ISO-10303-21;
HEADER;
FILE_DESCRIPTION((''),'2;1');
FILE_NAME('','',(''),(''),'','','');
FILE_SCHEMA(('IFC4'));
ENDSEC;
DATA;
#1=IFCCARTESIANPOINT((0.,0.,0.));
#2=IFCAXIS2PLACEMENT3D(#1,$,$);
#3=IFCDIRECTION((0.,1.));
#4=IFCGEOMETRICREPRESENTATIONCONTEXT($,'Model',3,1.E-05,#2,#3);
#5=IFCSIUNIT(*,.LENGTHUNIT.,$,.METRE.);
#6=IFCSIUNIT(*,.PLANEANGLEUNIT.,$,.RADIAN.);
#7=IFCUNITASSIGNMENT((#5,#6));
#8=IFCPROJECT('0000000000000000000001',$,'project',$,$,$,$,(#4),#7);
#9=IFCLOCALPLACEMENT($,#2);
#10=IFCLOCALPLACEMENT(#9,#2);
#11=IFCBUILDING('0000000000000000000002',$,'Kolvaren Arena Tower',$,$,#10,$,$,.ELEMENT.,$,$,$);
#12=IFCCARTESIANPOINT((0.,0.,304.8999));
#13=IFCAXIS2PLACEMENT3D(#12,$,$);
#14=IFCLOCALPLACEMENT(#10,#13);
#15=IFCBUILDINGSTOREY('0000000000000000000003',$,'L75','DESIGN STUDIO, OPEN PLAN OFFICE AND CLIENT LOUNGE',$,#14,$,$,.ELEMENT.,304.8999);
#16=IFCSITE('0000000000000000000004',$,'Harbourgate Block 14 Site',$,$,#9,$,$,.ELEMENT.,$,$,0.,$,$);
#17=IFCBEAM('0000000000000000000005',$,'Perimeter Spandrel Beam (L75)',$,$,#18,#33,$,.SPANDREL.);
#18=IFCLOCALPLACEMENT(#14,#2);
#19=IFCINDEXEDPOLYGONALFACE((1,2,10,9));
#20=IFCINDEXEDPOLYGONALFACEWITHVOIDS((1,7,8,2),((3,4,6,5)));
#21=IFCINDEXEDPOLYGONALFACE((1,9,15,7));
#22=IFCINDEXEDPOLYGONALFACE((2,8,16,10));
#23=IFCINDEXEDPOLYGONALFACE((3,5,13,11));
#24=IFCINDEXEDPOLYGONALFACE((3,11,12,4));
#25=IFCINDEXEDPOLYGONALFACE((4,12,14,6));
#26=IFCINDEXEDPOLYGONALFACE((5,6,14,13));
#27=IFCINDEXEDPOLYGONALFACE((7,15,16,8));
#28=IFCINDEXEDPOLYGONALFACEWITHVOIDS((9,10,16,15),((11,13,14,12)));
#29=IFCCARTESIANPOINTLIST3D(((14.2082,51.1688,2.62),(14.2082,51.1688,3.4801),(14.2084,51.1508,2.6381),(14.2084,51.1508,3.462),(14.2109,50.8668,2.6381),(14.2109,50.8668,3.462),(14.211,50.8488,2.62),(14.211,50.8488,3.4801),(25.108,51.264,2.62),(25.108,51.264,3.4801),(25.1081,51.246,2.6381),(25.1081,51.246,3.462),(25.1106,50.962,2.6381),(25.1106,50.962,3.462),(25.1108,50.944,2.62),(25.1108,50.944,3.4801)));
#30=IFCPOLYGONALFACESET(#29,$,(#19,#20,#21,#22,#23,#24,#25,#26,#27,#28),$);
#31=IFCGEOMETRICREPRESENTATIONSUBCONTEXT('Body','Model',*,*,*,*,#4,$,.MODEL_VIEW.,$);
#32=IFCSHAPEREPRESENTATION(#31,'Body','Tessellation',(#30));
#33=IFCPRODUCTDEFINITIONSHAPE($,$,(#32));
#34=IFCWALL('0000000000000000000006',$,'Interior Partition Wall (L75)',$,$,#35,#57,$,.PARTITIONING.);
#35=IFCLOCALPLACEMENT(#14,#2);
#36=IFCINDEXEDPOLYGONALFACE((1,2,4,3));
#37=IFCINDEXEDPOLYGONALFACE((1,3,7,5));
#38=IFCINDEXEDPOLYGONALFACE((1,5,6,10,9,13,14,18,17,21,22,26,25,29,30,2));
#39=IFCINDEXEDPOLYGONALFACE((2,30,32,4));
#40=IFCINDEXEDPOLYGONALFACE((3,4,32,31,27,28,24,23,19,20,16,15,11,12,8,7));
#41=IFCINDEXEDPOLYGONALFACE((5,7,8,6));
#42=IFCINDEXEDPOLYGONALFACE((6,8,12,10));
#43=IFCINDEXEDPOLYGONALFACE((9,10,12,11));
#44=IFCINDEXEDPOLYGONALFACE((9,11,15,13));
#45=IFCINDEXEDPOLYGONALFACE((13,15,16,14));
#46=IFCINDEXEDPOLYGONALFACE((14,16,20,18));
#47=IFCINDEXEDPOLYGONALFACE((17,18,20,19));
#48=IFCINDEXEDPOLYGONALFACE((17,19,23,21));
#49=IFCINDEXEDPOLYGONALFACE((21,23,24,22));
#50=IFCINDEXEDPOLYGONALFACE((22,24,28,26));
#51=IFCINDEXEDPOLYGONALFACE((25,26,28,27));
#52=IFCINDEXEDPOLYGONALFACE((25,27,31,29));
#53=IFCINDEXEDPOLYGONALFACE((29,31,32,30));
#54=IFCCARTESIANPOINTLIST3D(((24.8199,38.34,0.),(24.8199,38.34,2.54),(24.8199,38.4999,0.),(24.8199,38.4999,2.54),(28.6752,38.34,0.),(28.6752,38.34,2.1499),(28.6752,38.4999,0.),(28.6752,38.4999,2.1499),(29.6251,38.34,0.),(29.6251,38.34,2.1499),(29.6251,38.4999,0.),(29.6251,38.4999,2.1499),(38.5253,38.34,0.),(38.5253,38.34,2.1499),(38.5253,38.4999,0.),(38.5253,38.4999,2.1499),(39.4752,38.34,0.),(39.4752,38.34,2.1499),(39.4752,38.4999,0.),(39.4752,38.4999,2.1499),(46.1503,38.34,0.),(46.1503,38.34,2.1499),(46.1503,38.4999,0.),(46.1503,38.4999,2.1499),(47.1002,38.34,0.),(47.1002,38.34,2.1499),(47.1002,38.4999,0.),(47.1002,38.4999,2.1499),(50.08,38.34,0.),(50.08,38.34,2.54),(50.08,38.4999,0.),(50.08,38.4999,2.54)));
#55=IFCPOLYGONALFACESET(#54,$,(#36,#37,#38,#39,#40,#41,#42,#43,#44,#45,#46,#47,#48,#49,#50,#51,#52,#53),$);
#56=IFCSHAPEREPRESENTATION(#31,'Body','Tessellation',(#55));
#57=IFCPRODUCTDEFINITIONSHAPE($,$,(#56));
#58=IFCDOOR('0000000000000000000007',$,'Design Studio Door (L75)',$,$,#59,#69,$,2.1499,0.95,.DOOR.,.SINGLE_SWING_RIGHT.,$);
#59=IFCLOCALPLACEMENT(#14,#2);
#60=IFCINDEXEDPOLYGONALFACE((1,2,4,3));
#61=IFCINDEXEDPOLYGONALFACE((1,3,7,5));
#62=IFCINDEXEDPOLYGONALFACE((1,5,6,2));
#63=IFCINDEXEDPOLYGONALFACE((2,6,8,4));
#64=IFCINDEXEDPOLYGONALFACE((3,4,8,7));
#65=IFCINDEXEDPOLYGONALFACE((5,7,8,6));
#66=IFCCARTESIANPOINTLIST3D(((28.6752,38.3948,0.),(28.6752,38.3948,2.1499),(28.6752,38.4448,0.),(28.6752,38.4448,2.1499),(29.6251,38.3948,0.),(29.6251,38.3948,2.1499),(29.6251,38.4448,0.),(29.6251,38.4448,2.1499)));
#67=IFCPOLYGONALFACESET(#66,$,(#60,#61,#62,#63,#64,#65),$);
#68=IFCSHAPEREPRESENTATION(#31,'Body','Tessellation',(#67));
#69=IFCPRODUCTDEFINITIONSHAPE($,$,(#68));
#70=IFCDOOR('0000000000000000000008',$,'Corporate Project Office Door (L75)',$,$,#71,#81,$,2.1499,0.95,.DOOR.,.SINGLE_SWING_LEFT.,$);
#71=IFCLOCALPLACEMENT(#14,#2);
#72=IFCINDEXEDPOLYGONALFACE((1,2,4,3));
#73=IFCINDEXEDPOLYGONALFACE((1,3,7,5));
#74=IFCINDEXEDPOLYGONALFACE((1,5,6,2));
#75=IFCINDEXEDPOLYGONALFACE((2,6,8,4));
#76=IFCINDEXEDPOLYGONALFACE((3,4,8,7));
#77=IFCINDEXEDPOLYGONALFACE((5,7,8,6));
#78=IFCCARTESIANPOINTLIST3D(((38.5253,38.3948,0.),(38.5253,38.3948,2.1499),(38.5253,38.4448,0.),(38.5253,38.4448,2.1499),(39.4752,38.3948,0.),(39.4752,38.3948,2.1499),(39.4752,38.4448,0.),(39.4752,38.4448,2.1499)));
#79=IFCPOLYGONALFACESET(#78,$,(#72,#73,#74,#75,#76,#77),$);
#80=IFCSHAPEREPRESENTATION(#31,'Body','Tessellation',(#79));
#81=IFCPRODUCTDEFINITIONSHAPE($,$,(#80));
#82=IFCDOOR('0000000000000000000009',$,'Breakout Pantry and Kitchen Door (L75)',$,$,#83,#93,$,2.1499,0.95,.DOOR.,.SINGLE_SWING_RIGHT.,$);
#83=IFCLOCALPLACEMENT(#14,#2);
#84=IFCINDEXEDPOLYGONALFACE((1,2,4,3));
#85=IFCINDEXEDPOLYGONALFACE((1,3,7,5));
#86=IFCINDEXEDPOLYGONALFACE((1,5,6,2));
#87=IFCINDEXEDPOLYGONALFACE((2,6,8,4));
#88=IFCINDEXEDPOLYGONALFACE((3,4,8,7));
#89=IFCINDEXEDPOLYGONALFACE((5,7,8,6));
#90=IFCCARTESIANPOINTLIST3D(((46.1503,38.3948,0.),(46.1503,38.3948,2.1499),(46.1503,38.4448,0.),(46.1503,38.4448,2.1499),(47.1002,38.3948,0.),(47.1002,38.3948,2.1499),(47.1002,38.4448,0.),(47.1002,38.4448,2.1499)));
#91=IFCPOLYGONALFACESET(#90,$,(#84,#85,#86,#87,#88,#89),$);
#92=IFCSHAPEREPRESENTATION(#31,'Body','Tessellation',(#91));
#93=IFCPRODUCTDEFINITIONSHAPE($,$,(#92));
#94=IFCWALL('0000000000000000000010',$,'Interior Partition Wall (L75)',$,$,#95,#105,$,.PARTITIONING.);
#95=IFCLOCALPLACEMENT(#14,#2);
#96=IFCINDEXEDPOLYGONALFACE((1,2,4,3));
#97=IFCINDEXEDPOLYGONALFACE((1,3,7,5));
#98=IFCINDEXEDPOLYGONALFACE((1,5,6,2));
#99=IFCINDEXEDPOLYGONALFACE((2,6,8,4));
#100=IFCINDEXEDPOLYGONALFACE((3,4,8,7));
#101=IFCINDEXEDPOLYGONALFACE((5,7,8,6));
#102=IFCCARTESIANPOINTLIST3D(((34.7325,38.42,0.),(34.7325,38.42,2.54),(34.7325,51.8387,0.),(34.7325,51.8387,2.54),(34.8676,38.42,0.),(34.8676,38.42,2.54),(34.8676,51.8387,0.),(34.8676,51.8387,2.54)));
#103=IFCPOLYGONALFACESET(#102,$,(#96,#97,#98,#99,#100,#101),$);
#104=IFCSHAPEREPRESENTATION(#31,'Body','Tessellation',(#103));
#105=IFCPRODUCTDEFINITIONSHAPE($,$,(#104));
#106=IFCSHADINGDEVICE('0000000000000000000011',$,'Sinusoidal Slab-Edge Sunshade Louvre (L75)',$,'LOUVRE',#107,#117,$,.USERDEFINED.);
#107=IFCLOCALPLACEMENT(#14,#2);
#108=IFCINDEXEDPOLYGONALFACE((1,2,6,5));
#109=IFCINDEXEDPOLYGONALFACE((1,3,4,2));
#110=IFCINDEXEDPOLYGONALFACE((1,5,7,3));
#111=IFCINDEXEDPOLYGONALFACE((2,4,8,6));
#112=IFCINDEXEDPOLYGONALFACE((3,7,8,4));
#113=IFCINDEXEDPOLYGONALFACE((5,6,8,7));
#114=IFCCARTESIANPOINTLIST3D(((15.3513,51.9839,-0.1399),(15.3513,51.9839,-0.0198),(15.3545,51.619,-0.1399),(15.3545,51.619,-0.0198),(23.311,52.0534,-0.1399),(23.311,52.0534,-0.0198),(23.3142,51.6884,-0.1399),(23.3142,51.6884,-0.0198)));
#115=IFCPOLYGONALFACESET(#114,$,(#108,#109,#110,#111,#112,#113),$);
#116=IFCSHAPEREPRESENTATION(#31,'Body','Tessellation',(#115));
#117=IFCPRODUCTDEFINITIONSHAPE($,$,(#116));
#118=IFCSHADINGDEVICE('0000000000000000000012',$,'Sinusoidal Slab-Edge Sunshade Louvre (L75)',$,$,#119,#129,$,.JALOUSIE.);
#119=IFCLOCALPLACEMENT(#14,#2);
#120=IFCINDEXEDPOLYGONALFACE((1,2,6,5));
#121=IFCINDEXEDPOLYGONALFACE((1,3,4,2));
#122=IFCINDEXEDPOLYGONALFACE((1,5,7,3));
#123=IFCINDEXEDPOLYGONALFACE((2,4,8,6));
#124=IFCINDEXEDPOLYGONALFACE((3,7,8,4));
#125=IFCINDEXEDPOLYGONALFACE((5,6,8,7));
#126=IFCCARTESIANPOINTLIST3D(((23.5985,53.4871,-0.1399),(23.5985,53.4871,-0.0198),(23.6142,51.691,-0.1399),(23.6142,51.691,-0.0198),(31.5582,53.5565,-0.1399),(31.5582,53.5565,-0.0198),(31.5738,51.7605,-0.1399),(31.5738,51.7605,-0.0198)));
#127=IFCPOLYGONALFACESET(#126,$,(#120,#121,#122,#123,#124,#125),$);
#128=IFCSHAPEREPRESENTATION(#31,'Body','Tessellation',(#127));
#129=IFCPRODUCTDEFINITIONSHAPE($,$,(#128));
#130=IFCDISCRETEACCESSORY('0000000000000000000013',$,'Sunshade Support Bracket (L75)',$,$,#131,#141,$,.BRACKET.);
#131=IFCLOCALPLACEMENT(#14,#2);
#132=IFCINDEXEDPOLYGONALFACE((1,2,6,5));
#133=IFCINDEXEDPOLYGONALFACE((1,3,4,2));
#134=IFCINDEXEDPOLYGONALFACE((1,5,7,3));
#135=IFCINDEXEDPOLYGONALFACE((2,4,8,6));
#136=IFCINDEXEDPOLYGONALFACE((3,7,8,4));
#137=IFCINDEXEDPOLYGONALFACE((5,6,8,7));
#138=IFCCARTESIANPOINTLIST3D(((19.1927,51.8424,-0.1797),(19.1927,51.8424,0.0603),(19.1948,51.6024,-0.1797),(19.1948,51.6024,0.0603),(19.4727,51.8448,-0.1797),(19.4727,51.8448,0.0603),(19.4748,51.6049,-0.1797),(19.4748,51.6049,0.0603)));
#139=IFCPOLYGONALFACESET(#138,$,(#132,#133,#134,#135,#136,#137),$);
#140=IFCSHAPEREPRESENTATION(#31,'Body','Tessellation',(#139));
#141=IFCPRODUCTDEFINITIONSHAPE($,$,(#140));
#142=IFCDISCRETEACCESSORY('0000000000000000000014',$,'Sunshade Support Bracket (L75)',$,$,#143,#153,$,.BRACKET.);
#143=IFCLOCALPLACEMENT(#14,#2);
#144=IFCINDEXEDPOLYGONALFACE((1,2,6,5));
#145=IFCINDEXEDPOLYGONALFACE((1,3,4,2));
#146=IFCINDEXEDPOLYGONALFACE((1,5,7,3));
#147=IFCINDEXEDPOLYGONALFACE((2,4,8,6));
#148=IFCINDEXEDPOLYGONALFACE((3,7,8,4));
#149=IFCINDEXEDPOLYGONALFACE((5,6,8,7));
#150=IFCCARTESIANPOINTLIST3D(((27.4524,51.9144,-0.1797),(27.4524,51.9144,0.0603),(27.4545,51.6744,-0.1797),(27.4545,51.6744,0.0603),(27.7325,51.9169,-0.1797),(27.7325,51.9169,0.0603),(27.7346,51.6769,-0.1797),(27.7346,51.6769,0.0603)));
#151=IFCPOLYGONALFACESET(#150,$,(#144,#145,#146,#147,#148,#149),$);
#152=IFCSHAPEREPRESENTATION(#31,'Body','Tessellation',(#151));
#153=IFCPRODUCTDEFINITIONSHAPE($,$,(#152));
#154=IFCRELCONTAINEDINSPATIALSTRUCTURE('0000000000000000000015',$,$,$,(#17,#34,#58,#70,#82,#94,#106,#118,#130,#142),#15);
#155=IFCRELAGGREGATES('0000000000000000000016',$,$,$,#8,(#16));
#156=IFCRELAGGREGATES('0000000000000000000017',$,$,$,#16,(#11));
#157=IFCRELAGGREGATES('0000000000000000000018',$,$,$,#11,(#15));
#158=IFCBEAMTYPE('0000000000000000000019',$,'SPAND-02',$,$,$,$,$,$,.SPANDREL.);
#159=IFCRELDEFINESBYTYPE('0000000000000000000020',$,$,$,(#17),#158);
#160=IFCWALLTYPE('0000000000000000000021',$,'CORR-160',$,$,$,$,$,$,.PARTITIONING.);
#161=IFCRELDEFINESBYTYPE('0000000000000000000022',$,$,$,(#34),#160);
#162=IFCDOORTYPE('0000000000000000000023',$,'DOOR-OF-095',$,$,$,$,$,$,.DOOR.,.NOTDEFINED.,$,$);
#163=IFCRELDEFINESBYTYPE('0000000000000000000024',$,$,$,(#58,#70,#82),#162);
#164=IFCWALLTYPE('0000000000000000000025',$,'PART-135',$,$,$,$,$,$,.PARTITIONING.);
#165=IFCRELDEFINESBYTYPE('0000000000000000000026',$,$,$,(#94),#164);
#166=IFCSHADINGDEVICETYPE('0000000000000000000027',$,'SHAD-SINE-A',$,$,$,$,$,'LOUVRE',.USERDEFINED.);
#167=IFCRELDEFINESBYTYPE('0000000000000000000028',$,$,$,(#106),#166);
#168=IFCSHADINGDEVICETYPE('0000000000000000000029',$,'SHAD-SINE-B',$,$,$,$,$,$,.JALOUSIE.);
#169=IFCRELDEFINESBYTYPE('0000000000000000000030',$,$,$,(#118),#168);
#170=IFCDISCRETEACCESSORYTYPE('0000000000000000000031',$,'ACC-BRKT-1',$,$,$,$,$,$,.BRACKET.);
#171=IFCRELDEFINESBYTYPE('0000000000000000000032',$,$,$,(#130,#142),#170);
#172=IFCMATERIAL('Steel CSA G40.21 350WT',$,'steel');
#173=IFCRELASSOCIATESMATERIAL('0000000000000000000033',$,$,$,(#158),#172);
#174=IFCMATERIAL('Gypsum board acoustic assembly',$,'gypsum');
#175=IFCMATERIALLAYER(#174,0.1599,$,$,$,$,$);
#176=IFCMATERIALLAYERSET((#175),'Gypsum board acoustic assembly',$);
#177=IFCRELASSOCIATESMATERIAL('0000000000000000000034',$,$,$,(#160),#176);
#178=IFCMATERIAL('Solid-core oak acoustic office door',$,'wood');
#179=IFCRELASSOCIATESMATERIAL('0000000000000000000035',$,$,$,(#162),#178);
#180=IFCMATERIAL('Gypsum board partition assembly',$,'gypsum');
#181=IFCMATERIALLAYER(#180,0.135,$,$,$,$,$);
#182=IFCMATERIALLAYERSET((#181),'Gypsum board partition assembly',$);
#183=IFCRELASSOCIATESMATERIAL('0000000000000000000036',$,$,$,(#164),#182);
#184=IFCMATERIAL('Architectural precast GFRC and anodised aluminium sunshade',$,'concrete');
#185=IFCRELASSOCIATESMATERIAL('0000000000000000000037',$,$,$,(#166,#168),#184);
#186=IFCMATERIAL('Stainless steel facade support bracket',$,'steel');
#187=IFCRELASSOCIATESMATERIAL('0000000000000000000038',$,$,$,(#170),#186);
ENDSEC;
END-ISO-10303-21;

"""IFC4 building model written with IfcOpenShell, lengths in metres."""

from ifc_helpers import new_model, si_unit, direction, frame, frame_2d, origin, origin_2d, place, context, subcontext, project, spatial, rectangle, hollow_rectangle, extrude, material, layer, layer_set, material_profile, profile_set, type_object, element, fill, save


model = new_model("IFC4")

# Units and contexts
model_context = context("Model", 3, precision=1e-05, world=origin(), true_north=direction((0.0, 1.0)))
body_context = subcontext(model_context, "Body", "Model", "MODEL_VIEW")
ifc_project = project(units=[si_unit("LENGTHUNIT", "METRE"), si_unit("PLANEANGLEUNIT", "RADIAN")], contexts=[model_context])

# Site, building, storey
site_placement = place(None, origin())
site = spatial("IfcSite", under=ifc_project, at=site_placement, Name="Harbourgate Block 14 Site", CompositionType="ELEMENT", RefElevation=0.0)
building_placement = place(site_placement, origin())
building = spatial("IfcBuilding", under=site, at=building_placement, Name="Kolvaren Arena Tower", CompositionType="ELEMENT")
storey_placement = place(building_placement, frame((0.0, 0.0, 304.8999)))
storey = spatial("IfcBuildingStorey", under=building, at=storey_placement, Name="L75", Description="DESIGN STUDIO, OPEN PLAN OFFICE AND CLIENT LOUNGE", CompositionType="ELEMENT", Elevation=304.8999)

# Beam
ifc_material_1 = material(Name="Steel CSA G40.21 350WT", Category="steel")
ifc_material_profile_1 = material_profile(ifc_material_1, hollow_rectangle(XDim=0.3201, YDim=0.8601, WallThickness=0.0181, at=origin_2d()), Name="HSS 860x320x18")
ifc_profile_set_1 = profile_set([ifc_material_profile_1], Name="Steel CSA G40.21 350WT")
beam_type_1 = type_object("IfcBeamType", Name="SPAND-02", PredefinedType="SPANDREL", material=ifc_profile_set_1)
beam_1_placement = place(storey_placement, frame((25.1094, 51.104, 3.05), z_axis=(-0.999962, -0.008735, 0.0), x_axis=(0.008735, -0.999962, 0.0)))
element("IfcBeam", 1, at=beam_1_placement, inside=storey, type_object=beam_type_1, Name="Perimeter Spandrel Beam (L75)", PredefinedType="SPANDREL", context=body_context, shape_type="SweptSolid", body=[
    extrude(hollow_rectangle(XDim=0.3201, YDim=0.8601, WallThickness=0.0181, at=origin_2d()), origin(), (0.0, 0.0, 1.0), 10.9001),
])

# Wall, openings, doors
ifc_material_2 = material(Name="Gypsum board acoustic assembly", Category="gypsum")
ifc_layer_1 = layer(ifc_material_2, 0.1599)
ifc_layer_set_1 = layer_set([ifc_layer_1], Name="Gypsum board acoustic assembly")
wall_type_1 = type_object("IfcWallType", Name="CORR-160", PredefinedType="PARTITIONING", material=ifc_layer_set_1)
wall_1_placement = place(storey_placement, frame((24.8201, 38.4199, 0.0), z_axis=(0.0, 0.0, 1.0), x_axis=(1.0, 0.0, 0.0)))
wall_1 = element("IfcWall", 2, at=wall_1_placement, inside=storey, type_object=wall_type_1, Name="Interior Partition Wall (L75)", PredefinedType="PARTITIONING", context=body_context, shape_type="SweptSolid", body=[
    extrude(rectangle(XDim=25.26, YDim=0.1599, at=frame_2d((12.6299, 0.0))), origin(), (0.0, 0.0, 1.0), 2.54),
])
opening_1_placement = place(wall_1_placement, frame((3.855, 0.0, 0.0)))
opening_1 = element("IfcOpeningElement", 3, at=opening_1_placement, cuts=wall_1, PredefinedType="OPENING", context=body_context, shape_type="SweptSolid", body=[
    extrude(rectangle(XDim=0.95, YDim=2.1499, at=frame_2d((0.4751, 1.075))), frame((0.0, 0.0898, 0.0), z_axis=(0.0, -1.0, 0.0), x_axis=(1.0, 0.0, 0.0)), (0.0, 0.0, 1.0), 0.1799),
])
opening_2_placement = place(wall_1_placement, frame((13.7051, 0.0, 0.0)))
opening_2 = element("IfcOpeningElement", 4, at=opening_2_placement, cuts=wall_1, PredefinedType="OPENING", context=body_context, shape_type="SweptSolid", body=[
    extrude(rectangle(XDim=0.95, YDim=2.1499, at=frame_2d((0.4751, 1.075))), frame((0.0, 0.0898, 0.0), z_axis=(0.0, -1.0, 0.0), x_axis=(1.0, 0.0, 0.0)), (0.0, 0.0, 1.0), 0.1799),
])
opening_3_placement = place(wall_1_placement, frame((21.3301, 0.0, 0.0)))
opening_3 = element("IfcOpeningElement", 5, at=opening_3_placement, cuts=wall_1, PredefinedType="OPENING", context=body_context, shape_type="SweptSolid", body=[
    extrude(rectangle(XDim=0.95, YDim=2.1499, at=frame_2d((0.4751, 1.075))), frame((0.0, 0.0898, 0.0), z_axis=(0.0, -1.0, 0.0), x_axis=(1.0, 0.0, 0.0)), (0.0, 0.0, 1.0), 0.1799),
])
ifc_material_3 = material(Name="Solid-core oak acoustic office door", Category="wood")
door_type = type_object("IfcDoorType", Name="DOOR-OF-095", OperationType="NOTDEFINED", PredefinedType="DOOR", material=ifc_material_3)
door_1_placement = place(opening_1_placement, origin())
door_1 = element("IfcDoor", 6, at=door_1_placement, inside=storey, type_object=door_type, Name="Design Studio Door (L75)", OperationType="SINGLE_SWING_RIGHT", OverallHeight=2.1499, OverallWidth=0.95, PredefinedType="DOOR", context=body_context, shape_type="SweptSolid", body=[
    extrude(rectangle(XDim=0.95, YDim=2.1499, at=frame_2d((0.4751, 1.075))), frame((0.0, 0.0249, 0.0), z_axis=(0.0, -1.0, 0.0), x_axis=(1.0, 0.0, 0.0)), (0.0, 0.0, 1.0), 0.05),
])
fill(opening_1, door_1)
door_2_placement = place(opening_2_placement, origin())
door_2 = element("IfcDoor", 7, at=door_2_placement, inside=storey, type_object=door_type, Name="Corporate Project Office Door (L75)", OperationType="SINGLE_SWING_LEFT", OverallHeight=2.1499, OverallWidth=0.95, PredefinedType="DOOR", context=body_context, shape_type="SweptSolid", body=[
    extrude(rectangle(XDim=0.95, YDim=2.1499, at=frame_2d((0.4751, 1.075))), frame((0.0, 0.0249, 0.0), z_axis=(0.0, -1.0, 0.0), x_axis=(1.0, 0.0, 0.0)), (0.0, 0.0, 1.0), 0.05),
])
fill(opening_2, door_2)
door_3_placement = place(opening_3_placement, origin())
door_3 = element("IfcDoor", 8, at=door_3_placement, inside=storey, type_object=door_type, Name="Breakout Pantry and Kitchen Door (L75)", OperationType="SINGLE_SWING_RIGHT", OverallHeight=2.1499, OverallWidth=0.95, PredefinedType="DOOR", context=body_context, shape_type="SweptSolid", body=[
    extrude(rectangle(XDim=0.95, YDim=2.1499, at=frame_2d((0.4751, 1.075))), frame((0.0, 0.0249, 0.0), z_axis=(0.0, -1.0, 0.0), x_axis=(1.0, 0.0, 0.0)), (0.0, 0.0, 1.0), 0.05),
])
fill(opening_3, door_3)

# Wall
ifc_material_4 = material(Name="Gypsum board partition assembly", Category="gypsum")
ifc_layer_2 = layer(ifc_material_4, 0.135)
ifc_layer_set_2 = layer_set([ifc_layer_2], Name="Gypsum board partition assembly")
wall_type_2 = type_object("IfcWallType", Name="PART-135", PredefinedType="PARTITIONING", material=ifc_layer_set_2)
wall_2_placement = place(storey_placement, frame((34.8, 38.4199, 0.0), z_axis=(0.0, 0.0, 1.0), x_axis=(0.0, 1.0, 0.0)))
element("IfcWall", 9, at=wall_2_placement, inside=storey, type_object=wall_type_2, Name="Interior Partition Wall (L75)", PredefinedType="PARTITIONING", context=body_context, shape_type="SweptSolid", body=[
    extrude(rectangle(XDim=13.4187, YDim=0.135, at=frame_2d((6.7095, 0.0))), origin(), (0.0, 0.0, 1.0), 2.54),
])

# Shading devices
ifc_material_5 = material(Name="Architectural precast GFRC and anodised aluminium sunshade", Category="concrete")
shading_device_type_1 = type_object("IfcShadingDeviceType", Name="SHAD-SINE-A", ElementType="LOUVRE", PredefinedType="USERDEFINED", material=ifc_material_5)
shading_device_1_placement = place(storey_placement, frame((19.3328, 51.8362, -0.1399), z_axis=(0.0, 0.0, 1.0), x_axis=(0.999962, 0.008727, 0.0)))
element("IfcShadingDevice", 10, at=shading_device_1_placement, inside=storey, type_object=shading_device_type_1, Name="Sinusoidal Slab-Edge Sunshade Louvre (L75)", ObjectType="LOUVRE", PredefinedType="USERDEFINED", context=body_context, shape_type="SweptSolid", body=[
    extrude(rectangle(XDim=7.96, YDim=0.365, at=origin_2d()), origin(), (0.0, 0.0, 1.0), 0.1201),
])
shading_device_type_2 = type_object("IfcShadingDeviceType", Name="SHAD-SINE-B", PredefinedType="JALOUSIE", material=ifc_material_5)
shading_device_2_placement = place(storey_placement, frame((27.5862, 52.6238, -0.1399), z_axis=(0.0, 0.0, 1.0), x_axis=(0.999962, 0.008727, 0.0)))
element("IfcShadingDevice", 11, at=shading_device_2_placement, inside=storey, type_object=shading_device_type_2, Name="Sinusoidal Slab-Edge Sunshade Louvre (L75)", PredefinedType="JALOUSIE", context=body_context, shape_type="SweptSolid", body=[
    extrude(rectangle(XDim=7.96, YDim=1.7961, at=origin_2d()), origin(), (0.0, 0.0, 1.0), 0.1201),
])

# Discrete accessories
ifc_material_6 = material(Name="Stainless steel facade support bracket", Category="steel")
discrete_accessory_type = type_object("IfcDiscreteAccessoryType", Name="ACC-BRKT-1", PredefinedType="BRACKET", material=ifc_material_6)
for number, where, z_axis, x_axis, name in (
    (12, (19.3337, 51.7236, -0.1797), (0.0, 0.0, 1.0), (0.999962, 0.008727, 0.0), "Sunshade Support Bracket (L75)"),
    (13, (27.5935, 51.7957, -0.1797), (0.0, 0.0, 1.0), (0.999962, 0.008727, 0.0), "Sunshade Support Bracket (L75)"),
):
    element("IfcDiscreteAccessory", number, at=place(storey_placement, frame(where, z_axis=z_axis, x_axis=x_axis)), inside=storey, type_object=discrete_accessory_type, Name=name, PredefinedType="BRACKET", context=body_context, shape_type="SweptSolid", body=[
        extrude(rectangle(XDim=0.28, YDim=0.24, at=origin_2d()), origin(), (0.0, 0.0, 1.0), 0.24),
    ])

save(model, "model.ifc")
